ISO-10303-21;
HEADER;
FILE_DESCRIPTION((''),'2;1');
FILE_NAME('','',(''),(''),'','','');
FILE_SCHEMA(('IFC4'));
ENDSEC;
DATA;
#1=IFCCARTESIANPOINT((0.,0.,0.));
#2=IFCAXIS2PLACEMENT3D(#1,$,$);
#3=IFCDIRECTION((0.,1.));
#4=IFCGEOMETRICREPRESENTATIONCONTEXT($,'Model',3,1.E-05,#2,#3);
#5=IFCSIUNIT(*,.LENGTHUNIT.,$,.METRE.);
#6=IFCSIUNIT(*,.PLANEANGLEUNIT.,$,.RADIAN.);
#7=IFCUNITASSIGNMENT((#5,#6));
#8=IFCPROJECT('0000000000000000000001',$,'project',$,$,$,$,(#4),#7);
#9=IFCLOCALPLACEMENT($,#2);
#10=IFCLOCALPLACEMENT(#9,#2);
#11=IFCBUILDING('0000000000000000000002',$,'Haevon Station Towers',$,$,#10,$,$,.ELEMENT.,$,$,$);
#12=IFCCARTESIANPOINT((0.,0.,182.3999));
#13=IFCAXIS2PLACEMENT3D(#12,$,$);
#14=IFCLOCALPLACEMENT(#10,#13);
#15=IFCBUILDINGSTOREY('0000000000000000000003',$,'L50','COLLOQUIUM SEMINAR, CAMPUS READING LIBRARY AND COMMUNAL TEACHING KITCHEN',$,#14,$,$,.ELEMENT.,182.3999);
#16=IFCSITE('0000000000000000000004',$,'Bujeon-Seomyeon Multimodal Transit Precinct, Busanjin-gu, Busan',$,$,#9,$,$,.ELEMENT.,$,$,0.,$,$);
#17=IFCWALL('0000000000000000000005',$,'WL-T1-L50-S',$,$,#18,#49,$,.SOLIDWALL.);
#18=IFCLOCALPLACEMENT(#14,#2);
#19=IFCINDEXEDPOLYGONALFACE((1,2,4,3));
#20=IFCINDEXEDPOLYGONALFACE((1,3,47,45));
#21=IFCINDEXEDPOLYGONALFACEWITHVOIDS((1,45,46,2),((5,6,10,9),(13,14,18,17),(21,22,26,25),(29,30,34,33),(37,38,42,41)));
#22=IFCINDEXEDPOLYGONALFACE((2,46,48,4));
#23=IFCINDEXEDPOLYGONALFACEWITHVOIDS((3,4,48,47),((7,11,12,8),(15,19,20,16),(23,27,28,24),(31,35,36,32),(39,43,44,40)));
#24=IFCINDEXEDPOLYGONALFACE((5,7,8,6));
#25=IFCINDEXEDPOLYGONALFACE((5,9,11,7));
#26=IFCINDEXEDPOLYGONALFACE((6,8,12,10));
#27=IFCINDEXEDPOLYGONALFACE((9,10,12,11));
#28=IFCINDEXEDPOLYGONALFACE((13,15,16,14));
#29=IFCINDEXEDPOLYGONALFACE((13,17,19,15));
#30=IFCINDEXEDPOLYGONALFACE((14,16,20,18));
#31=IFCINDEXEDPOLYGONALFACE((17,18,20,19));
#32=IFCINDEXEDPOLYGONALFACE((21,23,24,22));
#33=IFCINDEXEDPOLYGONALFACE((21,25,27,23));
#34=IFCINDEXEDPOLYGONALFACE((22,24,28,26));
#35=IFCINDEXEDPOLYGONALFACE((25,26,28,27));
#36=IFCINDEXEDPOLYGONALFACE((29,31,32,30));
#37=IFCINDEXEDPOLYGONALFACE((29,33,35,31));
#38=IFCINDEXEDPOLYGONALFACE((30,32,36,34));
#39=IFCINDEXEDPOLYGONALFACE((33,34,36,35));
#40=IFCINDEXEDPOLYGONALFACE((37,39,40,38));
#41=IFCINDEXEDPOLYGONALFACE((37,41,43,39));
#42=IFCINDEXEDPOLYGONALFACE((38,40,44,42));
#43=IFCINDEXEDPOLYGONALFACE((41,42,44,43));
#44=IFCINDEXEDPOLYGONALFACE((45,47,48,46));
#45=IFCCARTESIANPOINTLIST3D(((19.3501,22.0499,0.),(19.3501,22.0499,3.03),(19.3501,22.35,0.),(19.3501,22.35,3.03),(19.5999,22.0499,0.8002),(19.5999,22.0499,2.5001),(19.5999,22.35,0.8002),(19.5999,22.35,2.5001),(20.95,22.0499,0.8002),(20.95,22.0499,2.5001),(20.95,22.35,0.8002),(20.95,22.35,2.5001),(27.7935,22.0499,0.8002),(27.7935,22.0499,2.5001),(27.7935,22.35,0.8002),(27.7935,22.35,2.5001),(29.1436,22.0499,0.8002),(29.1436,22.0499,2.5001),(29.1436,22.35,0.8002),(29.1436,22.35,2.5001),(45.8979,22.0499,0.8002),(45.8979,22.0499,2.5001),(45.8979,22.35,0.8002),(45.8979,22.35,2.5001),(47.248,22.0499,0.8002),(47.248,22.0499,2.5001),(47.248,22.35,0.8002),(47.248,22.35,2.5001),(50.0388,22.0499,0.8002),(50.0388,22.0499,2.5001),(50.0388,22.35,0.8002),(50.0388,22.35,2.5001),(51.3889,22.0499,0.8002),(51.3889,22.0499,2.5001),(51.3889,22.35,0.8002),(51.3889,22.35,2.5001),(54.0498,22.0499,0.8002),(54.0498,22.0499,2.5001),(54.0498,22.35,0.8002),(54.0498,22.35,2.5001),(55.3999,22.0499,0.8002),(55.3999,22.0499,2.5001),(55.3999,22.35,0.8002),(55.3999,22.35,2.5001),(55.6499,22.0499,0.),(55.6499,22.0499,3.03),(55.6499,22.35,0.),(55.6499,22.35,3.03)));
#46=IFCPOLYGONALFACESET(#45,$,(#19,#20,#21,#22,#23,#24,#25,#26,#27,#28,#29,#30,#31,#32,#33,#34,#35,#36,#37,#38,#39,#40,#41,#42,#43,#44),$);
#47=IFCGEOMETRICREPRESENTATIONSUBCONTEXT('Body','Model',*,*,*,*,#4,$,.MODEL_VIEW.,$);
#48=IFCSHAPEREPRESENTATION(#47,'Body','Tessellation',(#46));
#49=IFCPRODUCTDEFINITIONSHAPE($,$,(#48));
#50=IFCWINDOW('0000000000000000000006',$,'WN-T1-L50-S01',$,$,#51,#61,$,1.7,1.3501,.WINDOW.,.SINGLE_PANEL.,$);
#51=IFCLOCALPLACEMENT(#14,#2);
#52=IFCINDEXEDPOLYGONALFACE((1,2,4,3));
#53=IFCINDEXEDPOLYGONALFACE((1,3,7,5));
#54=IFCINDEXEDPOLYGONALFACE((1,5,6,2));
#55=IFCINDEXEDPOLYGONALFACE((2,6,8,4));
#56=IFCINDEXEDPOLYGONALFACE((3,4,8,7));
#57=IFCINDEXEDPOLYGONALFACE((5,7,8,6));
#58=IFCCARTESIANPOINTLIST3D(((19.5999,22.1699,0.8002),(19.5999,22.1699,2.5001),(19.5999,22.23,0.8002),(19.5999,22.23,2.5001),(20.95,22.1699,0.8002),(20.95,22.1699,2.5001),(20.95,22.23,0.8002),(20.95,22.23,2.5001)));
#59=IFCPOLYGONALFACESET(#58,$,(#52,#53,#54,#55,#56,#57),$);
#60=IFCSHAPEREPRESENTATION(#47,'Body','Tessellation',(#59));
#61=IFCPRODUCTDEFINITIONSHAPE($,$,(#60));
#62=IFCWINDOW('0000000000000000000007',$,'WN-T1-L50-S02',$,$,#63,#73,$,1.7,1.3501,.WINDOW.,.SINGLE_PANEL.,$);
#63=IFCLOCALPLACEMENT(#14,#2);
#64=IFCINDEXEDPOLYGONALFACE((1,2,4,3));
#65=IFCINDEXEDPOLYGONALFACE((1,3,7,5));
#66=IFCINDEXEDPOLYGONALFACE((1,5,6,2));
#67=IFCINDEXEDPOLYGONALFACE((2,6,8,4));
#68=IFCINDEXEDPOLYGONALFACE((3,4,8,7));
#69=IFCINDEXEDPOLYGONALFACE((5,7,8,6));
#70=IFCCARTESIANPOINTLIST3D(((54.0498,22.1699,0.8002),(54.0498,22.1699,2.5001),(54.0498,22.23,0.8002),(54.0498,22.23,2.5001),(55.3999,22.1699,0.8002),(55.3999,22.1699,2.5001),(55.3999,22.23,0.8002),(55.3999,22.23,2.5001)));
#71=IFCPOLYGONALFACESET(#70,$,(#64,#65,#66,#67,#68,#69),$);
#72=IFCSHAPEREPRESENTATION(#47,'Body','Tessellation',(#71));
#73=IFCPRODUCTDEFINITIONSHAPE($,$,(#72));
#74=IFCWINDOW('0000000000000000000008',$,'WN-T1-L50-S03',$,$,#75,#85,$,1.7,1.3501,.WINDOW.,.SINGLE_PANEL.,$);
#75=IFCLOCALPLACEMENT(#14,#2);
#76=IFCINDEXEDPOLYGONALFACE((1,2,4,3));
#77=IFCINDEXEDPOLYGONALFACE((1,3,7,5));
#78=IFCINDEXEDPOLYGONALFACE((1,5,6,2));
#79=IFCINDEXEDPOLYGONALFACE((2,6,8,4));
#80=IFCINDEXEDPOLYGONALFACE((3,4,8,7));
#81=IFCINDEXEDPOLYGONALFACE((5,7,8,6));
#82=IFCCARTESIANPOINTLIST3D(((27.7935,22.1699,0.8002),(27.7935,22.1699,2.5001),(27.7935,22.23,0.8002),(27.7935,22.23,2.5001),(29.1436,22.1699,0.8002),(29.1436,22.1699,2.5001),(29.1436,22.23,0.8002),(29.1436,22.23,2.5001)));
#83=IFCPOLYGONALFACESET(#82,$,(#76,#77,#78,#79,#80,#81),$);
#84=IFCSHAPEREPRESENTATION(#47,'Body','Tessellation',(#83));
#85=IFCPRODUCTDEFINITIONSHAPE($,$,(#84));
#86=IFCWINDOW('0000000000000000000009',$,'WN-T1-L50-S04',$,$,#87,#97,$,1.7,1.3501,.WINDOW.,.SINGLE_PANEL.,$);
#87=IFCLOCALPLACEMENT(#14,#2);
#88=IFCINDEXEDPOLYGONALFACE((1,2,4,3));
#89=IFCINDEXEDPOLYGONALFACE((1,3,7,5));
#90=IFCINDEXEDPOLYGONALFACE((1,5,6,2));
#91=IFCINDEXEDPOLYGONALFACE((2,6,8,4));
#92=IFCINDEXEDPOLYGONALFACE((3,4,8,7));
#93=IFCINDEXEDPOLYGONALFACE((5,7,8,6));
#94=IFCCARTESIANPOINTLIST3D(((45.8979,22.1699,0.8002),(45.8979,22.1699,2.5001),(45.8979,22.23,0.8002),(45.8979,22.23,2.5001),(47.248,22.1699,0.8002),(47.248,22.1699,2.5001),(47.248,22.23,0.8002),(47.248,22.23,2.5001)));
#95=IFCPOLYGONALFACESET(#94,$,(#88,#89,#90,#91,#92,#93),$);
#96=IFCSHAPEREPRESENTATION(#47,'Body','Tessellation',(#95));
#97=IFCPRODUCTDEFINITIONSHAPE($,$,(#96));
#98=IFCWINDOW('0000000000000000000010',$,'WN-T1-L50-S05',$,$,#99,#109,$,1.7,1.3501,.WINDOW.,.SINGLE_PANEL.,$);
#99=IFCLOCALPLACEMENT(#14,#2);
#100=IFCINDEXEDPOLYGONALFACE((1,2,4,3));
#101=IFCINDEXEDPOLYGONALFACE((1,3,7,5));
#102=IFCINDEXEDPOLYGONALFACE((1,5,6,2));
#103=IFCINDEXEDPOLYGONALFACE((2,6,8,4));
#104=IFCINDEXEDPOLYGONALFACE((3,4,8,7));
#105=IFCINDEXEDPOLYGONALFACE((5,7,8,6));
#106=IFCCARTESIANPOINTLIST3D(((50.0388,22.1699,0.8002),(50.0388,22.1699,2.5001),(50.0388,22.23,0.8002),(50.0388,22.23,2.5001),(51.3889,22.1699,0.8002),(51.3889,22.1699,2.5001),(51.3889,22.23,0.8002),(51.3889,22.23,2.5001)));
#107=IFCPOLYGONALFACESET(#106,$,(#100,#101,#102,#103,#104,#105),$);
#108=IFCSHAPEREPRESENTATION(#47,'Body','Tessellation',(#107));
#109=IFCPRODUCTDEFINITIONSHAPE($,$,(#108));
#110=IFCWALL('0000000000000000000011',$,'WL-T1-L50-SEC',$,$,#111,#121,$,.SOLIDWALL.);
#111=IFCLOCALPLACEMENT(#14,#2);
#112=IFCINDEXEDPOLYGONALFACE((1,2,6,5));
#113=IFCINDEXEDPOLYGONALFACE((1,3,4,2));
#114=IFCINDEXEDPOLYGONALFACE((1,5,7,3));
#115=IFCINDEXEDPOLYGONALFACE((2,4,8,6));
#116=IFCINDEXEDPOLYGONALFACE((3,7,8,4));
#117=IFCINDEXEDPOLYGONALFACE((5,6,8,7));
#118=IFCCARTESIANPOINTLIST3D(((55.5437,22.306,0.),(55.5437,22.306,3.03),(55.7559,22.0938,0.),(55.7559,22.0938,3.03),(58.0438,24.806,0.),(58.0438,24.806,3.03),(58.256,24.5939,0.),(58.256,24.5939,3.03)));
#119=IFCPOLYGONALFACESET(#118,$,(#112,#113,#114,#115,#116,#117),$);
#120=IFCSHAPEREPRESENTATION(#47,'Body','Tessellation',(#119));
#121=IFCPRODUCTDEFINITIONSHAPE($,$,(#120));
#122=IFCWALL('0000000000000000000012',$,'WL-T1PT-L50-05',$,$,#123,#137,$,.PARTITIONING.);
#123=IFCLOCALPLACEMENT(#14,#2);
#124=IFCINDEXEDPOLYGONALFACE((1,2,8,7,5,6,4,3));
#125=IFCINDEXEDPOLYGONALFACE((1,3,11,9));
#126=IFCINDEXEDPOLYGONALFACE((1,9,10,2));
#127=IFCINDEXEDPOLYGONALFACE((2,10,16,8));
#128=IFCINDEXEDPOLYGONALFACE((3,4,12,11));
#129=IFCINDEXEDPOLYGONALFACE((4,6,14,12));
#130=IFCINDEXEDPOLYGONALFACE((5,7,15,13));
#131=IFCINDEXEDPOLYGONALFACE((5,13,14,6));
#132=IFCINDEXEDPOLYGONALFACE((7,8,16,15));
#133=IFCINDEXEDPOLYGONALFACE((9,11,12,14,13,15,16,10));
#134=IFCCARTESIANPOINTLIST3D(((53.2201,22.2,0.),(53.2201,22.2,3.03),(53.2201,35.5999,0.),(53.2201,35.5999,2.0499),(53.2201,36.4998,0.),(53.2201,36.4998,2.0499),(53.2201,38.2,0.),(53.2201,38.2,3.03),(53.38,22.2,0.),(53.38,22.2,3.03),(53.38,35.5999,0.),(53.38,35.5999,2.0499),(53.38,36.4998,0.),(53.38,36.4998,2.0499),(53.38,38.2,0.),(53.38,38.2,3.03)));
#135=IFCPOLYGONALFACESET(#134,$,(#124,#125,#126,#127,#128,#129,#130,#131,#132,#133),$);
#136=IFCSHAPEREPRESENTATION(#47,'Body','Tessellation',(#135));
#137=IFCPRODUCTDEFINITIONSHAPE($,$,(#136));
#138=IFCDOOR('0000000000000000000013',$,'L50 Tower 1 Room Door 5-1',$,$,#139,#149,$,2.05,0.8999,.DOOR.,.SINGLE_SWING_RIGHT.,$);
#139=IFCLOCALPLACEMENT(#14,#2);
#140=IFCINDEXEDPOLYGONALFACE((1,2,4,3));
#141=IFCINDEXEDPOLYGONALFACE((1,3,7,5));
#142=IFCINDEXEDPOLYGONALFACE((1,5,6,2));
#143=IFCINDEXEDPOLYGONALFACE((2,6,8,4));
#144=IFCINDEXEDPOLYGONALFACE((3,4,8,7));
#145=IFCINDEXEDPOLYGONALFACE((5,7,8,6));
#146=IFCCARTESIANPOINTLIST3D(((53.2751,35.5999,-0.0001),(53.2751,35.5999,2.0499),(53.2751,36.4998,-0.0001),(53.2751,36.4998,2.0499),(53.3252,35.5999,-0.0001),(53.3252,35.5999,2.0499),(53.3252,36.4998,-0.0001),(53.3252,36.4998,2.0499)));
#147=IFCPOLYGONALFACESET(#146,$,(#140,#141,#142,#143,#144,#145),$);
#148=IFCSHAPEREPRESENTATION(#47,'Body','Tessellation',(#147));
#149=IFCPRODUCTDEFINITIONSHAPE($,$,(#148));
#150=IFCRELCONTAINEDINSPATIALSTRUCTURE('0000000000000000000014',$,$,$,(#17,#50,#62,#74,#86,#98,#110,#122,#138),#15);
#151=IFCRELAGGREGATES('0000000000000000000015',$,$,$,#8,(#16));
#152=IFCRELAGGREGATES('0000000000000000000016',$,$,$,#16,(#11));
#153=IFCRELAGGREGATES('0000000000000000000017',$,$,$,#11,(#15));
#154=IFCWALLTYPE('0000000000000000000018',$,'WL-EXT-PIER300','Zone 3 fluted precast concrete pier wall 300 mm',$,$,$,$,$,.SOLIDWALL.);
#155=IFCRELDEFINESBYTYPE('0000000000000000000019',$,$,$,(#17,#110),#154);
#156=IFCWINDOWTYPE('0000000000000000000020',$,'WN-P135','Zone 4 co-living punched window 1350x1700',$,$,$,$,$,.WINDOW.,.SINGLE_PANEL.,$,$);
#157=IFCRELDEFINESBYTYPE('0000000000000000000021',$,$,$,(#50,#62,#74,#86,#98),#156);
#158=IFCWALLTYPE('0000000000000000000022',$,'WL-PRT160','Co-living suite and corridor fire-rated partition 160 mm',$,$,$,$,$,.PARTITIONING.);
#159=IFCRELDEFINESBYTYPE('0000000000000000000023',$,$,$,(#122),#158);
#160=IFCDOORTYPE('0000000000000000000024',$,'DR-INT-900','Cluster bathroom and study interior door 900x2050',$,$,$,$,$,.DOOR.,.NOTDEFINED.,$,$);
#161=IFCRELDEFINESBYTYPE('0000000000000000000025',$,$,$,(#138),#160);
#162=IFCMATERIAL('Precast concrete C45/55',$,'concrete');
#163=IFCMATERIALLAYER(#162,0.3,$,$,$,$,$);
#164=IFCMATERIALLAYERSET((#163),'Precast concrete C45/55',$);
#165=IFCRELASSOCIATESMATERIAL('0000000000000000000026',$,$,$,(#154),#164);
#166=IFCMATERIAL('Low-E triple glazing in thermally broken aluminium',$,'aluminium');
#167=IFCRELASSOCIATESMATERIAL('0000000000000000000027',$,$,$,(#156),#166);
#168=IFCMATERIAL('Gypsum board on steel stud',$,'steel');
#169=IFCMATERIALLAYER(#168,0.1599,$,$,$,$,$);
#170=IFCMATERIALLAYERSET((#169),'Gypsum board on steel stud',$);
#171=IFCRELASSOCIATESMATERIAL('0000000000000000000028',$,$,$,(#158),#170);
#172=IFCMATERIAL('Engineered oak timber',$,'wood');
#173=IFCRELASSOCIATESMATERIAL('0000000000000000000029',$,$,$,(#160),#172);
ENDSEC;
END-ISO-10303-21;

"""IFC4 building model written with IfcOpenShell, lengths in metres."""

from ifc_helpers import new_model, si_unit, direction, frame, frame_2d, origin, place, context, subcontext, project, spatial, rectangle, extrude, material, layer, layer_set, type_object, element, fill, save


model = new_model("IFC4")

# Units and contexts
model_context = context("Model", 3, precision=1e-05, world=origin(), true_north=direction((0.0, 1.0)))
body_context = subcontext(model_context, "Body", "Model", "MODEL_VIEW")
ifc_project = project(units=[si_unit("LENGTHUNIT", "METRE"), si_unit("PLANEANGLEUNIT", "RADIAN")], contexts=[model_context])

# Site, building, storey
site_placement = place(None, origin())
site = spatial("IfcSite", under=ifc_project, at=site_placement, Name="Bujeon-Seomyeon Multimodal Transit Precinct, Busanjin-gu, Busan", CompositionType="ELEMENT", RefElevation=0.0)
building_placement = place(site_placement, origin())
building = spatial("IfcBuilding", under=site, at=building_placement, Name="Haevon Station Towers", CompositionType="ELEMENT")
storey_placement = place(building_placement, frame((0.0, 0.0, 182.3999)))
storey = spatial("IfcBuildingStorey", under=building, at=storey_placement, Name="L50", Description="COLLOQUIUM SEMINAR, CAMPUS READING LIBRARY AND COMMUNAL TEACHING KITCHEN", CompositionType="ELEMENT", Elevation=182.3999)

# Wall, openings, windows
ifc_material_1 = material(Name="Precast concrete C45/55", Category="concrete")
ifc_layer_1 = layer(ifc_material_1, 0.3)
ifc_layer_set_1 = layer_set([ifc_layer_1], Name="Precast concrete C45/55")
wall_type_1 = type_object("IfcWallType", Name="WL-EXT-PIER300", Description="Zone 3 fluted precast concrete pier wall 300 mm", PredefinedType="SOLIDWALL", material=ifc_layer_set_1)
wall_1_placement = place(storey_placement, frame((55.6499, 22.2, 0.0), z_axis=(0.0, 0.0, 1.0), x_axis=(-1.0, 0.0, 0.0)))
wall_1 = element("IfcWall", 1, at=wall_1_placement, inside=storey, type_object=wall_type_1, Name="WL-T1-L50-S", PredefinedType="SOLIDWALL", context=body_context, shape_type="SweptSolid", body=[
    extrude(rectangle(XDim=36.2998, YDim=0.3, at=frame_2d((18.1499, 0.0))), origin(), (0.0, 0.0, 1.0), 3.03),
])
opening_1_placement = place(wall_1_placement, frame((34.7, 0.0, 0.8)))
opening_1 = element("IfcOpeningElement", 2, at=opening_1_placement, cuts=wall_1, PredefinedType="OPENING", context=body_context, shape_type="SweptSolid", body=[
    extrude(rectangle(XDim=1.3501, YDim=1.7, at=frame_2d((0.675, 0.8501))), frame((0.0, 0.1599, 0.0), z_axis=(0.0, -1.0, 0.0), x_axis=(1.0, 0.0, 0.0)), (0.0, 0.0, 1.0), 0.3201),
])
opening_2_placement = place(wall_1_placement, frame((0.25, 0.0, 0.8)))
opening_2 = element("IfcOpeningElement", 3, at=opening_2_placement, cuts=wall_1, PredefinedType="OPENING", context=body_context, shape_type="SweptSolid", body=[
    extrude(rectangle(XDim=1.3501, YDim=1.7, at=frame_2d((0.675, 0.8501))), frame((0.0, 0.1599, 0.0), z_axis=(0.0, -1.0, 0.0), x_axis=(1.0, 0.0, 0.0)), (0.0, 0.0, 1.0), 0.3201),
])
opening_3_placement = place(wall_1_placement, frame((26.5063, 0.0, 0.8)))
opening_3 = element("IfcOpeningElement", 4, at=opening_3_placement, cuts=wall_1, PredefinedType="OPENING", context=body_context, shape_type="SweptSolid", body=[
    extrude(rectangle(XDim=1.3501, YDim=1.7, at=frame_2d((0.675, 0.8501))), frame((0.0, 0.1599, 0.0), z_axis=(0.0, -1.0, 0.0), x_axis=(1.0, 0.0, 0.0)), (0.0, 0.0, 1.0), 0.3201),
])
opening_4_placement = place(wall_1_placement, frame((8.4019, 0.0, 0.8)))
opening_4 = element("IfcOpeningElement", 5, at=opening_4_placement, cuts=wall_1, PredefinedType="OPENING", context=body_context, shape_type="SweptSolid", body=[
    extrude(rectangle(XDim=1.3501, YDim=1.7, at=frame_2d((0.675, 0.8501))), frame((0.0, 0.1599, 0.0), z_axis=(0.0, -1.0, 0.0), x_axis=(1.0, 0.0, 0.0)), (0.0, 0.0, 1.0), 0.3201),
])
opening_5_placement = place(wall_1_placement, frame((4.261, 0.0, 0.8)))
opening_5 = element("IfcOpeningElement", 6, at=opening_5_placement, cuts=wall_1, PredefinedType="OPENING", context=body_context, shape_type="SweptSolid", body=[
    extrude(rectangle(XDim=1.3501, YDim=1.7, at=frame_2d((0.675, 0.8501))), frame((0.0, 0.1599, 0.0), z_axis=(0.0, -1.0, 0.0), x_axis=(1.0, 0.0, 0.0)), (0.0, 0.0, 1.0), 0.3201),
])
ifc_material_2 = material(Name="Low-E triple glazing in thermally broken aluminium", Category="aluminium")
window_type = type_object("IfcWindowType", Name="WN-P135", Description="Zone 4 co-living punched window 1350x1700", PartitioningType="SINGLE_PANEL", PredefinedType="WINDOW", material=ifc_material_2)
window_1_placement = place(opening_1_placement, origin())
window_1 = element("IfcWindow", 7, at=window_1_placement, inside=storey, type_object=window_type, Name="WN-T1-L50-S01", OverallHeight=1.7, OverallWidth=1.3501, PartitioningType="SINGLE_PANEL", PredefinedType="WINDOW", context=body_context, shape_type="SweptSolid", body=[
    extrude(rectangle(XDim=1.3501, YDim=1.7, at=frame_2d((0.675, 0.8501))), frame((0.0, 0.03, 0.0), z_axis=(0.0, -1.0, 0.0), x_axis=(1.0, 0.0, 0.0)), (0.0, 0.0, 1.0), 0.0601),
])
fill(opening_1, window_1)
window_2_placement = place(opening_2_placement, origin())
window_2 = element("IfcWindow", 8, at=window_2_placement, inside=storey, type_object=window_type, Name="WN-T1-L50-S02", OverallHeight=1.7, OverallWidth=1.3501, PartitioningType="SINGLE_PANEL", PredefinedType="WINDOW", context=body_context, shape_type="SweptSolid", body=[
    extrude(rectangle(XDim=1.3501, YDim=1.7, at=frame_2d((0.675, 0.8501))), frame((0.0, 0.03, 0.0), z_axis=(0.0, -1.0, 0.0), x_axis=(1.0, 0.0, 0.0)), (0.0, 0.0, 1.0), 0.0601),
])
fill(opening_2, window_2)
window_3_placement = place(opening_3_placement, origin())
window_3 = element("IfcWindow", 9, at=window_3_placement, inside=storey, type_object=window_type, Name="WN-T1-L50-S03", OverallHeight=1.7, OverallWidth=1.3501, PartitioningType="SINGLE_PANEL", PredefinedType="WINDOW", context=body_context, shape_type="SweptSolid", body=[
    extrude(rectangle(XDim=1.3501, YDim=1.7, at=frame_2d((0.675, 0.8501))), frame((0.0, 0.03, 0.0), z_axis=(0.0, -1.0, 0.0), x_axis=(1.0, 0.0, 0.0)), (0.0, 0.0, 1.0), 0.0601),
])
fill(opening_3, window_3)
window_4_placement = place(opening_4_placement, origin())
window_4 = element("IfcWindow", 10, at=window_4_placement, inside=storey, type_object=window_type, Name="WN-T1-L50-S04", OverallHeight=1.7, OverallWidth=1.3501, PartitioningType="SINGLE_PANEL", PredefinedType="WINDOW", context=body_context, shape_type="SweptSolid", body=[
    extrude(rectangle(XDim=1.3501, YDim=1.7, at=frame_2d((0.675, 0.8501))), frame((0.0, 0.03, 0.0), z_axis=(0.0, -1.0, 0.0), x_axis=(1.0, 0.0, 0.0)), (0.0, 0.0, 1.0), 0.0601),
])
fill(opening_4, window_4)
window_5_placement = place(opening_5_placement, origin())
window_5 = element("IfcWindow", 11, at=window_5_placement, inside=storey, type_object=window_type, Name="WN-T1-L50-S05", OverallHeight=1.7, OverallWidth=1.3501, PartitioningType="SINGLE_PANEL", PredefinedType="WINDOW", context=body_context, shape_type="SweptSolid", body=[
    extrude(rectangle(XDim=1.3501, YDim=1.7, at=frame_2d((0.675, 0.8501))), frame((0.0, 0.03, 0.0), z_axis=(0.0, -1.0, 0.0), x_axis=(1.0, 0.0, 0.0)), (0.0, 0.0, 1.0), 0.0601),
])
fill(opening_5, window_5)

# Wall
wall_2_placement = place(storey_placement, frame((58.1499, 24.7, 0.0), z_axis=(0.0, 0.0, 1.0), x_axis=(-0.707107, -0.707107, 0.0)))
element("IfcWall", 12, at=wall_2_placement, inside=storey, type_object=wall_type_1, Name="WL-T1-L50-SEC", PredefinedType="SOLIDWALL", context=body_context, shape_type="SweptSolid", body=[
    extrude(rectangle(XDim=3.5356, YDim=0.3, at=frame_2d((1.7678, 0.0))), origin(), (0.0, 0.0, 1.0), 3.03),
])

# Wall, opening, door
ifc_material_3 = material(Name="Gypsum board on steel stud", Category="steel")
ifc_layer_2 = layer(ifc_material_3, 0.1599)
ifc_layer_set_2 = layer_set([ifc_layer_2], Name="Gypsum board on steel stud")
wall_type_2 = type_object("IfcWallType", Name="WL-PRT160", Description="Co-living suite and corridor fire-rated partition 160 mm", PredefinedType="PARTITIONING", material=ifc_layer_set_2)
wall_3_placement = place(storey_placement, frame((53.3, 22.2, 0.0), z_axis=(0.0, 0.0, 1.0), x_axis=(0.0, 1.0, 0.0)))
wall_3 = element("IfcWall", 13, at=wall_3_placement, inside=storey, type_object=wall_type_2, Name="WL-T1PT-L50-05", PredefinedType="PARTITIONING", context=body_context, shape_type="SweptSolid", body=[
    extrude(rectangle(XDim=16.0, YDim=0.1599, at=frame_2d((8.0, 0.0))), origin(), (0.0, 0.0, 1.0), 3.03),
])
opening_6_placement = place(wall_3_placement, frame((13.3999, 0.0, 0.0)))
opening_6 = element("IfcOpeningElement", 14, at=opening_6_placement, cuts=wall_3, PredefinedType="OPENING", context=body_context, shape_type="SweptSolid", body=[
    extrude(rectangle(XDim=0.8999, YDim=2.05, at=frame_2d((0.45, 1.0249))), frame((0.0, 0.0898, 0.0), z_axis=(0.0, -1.0, 0.0), x_axis=(1.0, 0.0, 0.0)), (0.0, 0.0, 1.0), 0.1799),
])
ifc_material_4 = material(Name="Engineered oak timber", Category="wood")
door_type = type_object("IfcDoorType", Name="DR-INT-900", Description="Cluster bathroom and study interior door 900x2050", OperationType="NOTDEFINED", PredefinedType="DOOR", material=ifc_material_4)
door_placement = place(opening_6_placement, origin())
door = element("IfcDoor", 15, at=door_placement, inside=storey, type_object=door_type, Name="L50 Tower 1 Room Door 5-1", OperationType="SINGLE_SWING_RIGHT", OverallHeight=2.05, OverallWidth=0.8999, PredefinedType="DOOR", context=body_context, shape_type="SweptSolid", body=[
    extrude(rectangle(XDim=0.8999, YDim=2.05, at=frame_2d((0.45, 1.0249))), frame((0.0, 0.0249, 0.0), z_axis=(0.0, -1.0, 0.0), x_axis=(1.0, 0.0, 0.0)), (0.0, 0.0, 1.0), 0.05),
])
fill(opening_6, door)

save(model, "model.ifc")
